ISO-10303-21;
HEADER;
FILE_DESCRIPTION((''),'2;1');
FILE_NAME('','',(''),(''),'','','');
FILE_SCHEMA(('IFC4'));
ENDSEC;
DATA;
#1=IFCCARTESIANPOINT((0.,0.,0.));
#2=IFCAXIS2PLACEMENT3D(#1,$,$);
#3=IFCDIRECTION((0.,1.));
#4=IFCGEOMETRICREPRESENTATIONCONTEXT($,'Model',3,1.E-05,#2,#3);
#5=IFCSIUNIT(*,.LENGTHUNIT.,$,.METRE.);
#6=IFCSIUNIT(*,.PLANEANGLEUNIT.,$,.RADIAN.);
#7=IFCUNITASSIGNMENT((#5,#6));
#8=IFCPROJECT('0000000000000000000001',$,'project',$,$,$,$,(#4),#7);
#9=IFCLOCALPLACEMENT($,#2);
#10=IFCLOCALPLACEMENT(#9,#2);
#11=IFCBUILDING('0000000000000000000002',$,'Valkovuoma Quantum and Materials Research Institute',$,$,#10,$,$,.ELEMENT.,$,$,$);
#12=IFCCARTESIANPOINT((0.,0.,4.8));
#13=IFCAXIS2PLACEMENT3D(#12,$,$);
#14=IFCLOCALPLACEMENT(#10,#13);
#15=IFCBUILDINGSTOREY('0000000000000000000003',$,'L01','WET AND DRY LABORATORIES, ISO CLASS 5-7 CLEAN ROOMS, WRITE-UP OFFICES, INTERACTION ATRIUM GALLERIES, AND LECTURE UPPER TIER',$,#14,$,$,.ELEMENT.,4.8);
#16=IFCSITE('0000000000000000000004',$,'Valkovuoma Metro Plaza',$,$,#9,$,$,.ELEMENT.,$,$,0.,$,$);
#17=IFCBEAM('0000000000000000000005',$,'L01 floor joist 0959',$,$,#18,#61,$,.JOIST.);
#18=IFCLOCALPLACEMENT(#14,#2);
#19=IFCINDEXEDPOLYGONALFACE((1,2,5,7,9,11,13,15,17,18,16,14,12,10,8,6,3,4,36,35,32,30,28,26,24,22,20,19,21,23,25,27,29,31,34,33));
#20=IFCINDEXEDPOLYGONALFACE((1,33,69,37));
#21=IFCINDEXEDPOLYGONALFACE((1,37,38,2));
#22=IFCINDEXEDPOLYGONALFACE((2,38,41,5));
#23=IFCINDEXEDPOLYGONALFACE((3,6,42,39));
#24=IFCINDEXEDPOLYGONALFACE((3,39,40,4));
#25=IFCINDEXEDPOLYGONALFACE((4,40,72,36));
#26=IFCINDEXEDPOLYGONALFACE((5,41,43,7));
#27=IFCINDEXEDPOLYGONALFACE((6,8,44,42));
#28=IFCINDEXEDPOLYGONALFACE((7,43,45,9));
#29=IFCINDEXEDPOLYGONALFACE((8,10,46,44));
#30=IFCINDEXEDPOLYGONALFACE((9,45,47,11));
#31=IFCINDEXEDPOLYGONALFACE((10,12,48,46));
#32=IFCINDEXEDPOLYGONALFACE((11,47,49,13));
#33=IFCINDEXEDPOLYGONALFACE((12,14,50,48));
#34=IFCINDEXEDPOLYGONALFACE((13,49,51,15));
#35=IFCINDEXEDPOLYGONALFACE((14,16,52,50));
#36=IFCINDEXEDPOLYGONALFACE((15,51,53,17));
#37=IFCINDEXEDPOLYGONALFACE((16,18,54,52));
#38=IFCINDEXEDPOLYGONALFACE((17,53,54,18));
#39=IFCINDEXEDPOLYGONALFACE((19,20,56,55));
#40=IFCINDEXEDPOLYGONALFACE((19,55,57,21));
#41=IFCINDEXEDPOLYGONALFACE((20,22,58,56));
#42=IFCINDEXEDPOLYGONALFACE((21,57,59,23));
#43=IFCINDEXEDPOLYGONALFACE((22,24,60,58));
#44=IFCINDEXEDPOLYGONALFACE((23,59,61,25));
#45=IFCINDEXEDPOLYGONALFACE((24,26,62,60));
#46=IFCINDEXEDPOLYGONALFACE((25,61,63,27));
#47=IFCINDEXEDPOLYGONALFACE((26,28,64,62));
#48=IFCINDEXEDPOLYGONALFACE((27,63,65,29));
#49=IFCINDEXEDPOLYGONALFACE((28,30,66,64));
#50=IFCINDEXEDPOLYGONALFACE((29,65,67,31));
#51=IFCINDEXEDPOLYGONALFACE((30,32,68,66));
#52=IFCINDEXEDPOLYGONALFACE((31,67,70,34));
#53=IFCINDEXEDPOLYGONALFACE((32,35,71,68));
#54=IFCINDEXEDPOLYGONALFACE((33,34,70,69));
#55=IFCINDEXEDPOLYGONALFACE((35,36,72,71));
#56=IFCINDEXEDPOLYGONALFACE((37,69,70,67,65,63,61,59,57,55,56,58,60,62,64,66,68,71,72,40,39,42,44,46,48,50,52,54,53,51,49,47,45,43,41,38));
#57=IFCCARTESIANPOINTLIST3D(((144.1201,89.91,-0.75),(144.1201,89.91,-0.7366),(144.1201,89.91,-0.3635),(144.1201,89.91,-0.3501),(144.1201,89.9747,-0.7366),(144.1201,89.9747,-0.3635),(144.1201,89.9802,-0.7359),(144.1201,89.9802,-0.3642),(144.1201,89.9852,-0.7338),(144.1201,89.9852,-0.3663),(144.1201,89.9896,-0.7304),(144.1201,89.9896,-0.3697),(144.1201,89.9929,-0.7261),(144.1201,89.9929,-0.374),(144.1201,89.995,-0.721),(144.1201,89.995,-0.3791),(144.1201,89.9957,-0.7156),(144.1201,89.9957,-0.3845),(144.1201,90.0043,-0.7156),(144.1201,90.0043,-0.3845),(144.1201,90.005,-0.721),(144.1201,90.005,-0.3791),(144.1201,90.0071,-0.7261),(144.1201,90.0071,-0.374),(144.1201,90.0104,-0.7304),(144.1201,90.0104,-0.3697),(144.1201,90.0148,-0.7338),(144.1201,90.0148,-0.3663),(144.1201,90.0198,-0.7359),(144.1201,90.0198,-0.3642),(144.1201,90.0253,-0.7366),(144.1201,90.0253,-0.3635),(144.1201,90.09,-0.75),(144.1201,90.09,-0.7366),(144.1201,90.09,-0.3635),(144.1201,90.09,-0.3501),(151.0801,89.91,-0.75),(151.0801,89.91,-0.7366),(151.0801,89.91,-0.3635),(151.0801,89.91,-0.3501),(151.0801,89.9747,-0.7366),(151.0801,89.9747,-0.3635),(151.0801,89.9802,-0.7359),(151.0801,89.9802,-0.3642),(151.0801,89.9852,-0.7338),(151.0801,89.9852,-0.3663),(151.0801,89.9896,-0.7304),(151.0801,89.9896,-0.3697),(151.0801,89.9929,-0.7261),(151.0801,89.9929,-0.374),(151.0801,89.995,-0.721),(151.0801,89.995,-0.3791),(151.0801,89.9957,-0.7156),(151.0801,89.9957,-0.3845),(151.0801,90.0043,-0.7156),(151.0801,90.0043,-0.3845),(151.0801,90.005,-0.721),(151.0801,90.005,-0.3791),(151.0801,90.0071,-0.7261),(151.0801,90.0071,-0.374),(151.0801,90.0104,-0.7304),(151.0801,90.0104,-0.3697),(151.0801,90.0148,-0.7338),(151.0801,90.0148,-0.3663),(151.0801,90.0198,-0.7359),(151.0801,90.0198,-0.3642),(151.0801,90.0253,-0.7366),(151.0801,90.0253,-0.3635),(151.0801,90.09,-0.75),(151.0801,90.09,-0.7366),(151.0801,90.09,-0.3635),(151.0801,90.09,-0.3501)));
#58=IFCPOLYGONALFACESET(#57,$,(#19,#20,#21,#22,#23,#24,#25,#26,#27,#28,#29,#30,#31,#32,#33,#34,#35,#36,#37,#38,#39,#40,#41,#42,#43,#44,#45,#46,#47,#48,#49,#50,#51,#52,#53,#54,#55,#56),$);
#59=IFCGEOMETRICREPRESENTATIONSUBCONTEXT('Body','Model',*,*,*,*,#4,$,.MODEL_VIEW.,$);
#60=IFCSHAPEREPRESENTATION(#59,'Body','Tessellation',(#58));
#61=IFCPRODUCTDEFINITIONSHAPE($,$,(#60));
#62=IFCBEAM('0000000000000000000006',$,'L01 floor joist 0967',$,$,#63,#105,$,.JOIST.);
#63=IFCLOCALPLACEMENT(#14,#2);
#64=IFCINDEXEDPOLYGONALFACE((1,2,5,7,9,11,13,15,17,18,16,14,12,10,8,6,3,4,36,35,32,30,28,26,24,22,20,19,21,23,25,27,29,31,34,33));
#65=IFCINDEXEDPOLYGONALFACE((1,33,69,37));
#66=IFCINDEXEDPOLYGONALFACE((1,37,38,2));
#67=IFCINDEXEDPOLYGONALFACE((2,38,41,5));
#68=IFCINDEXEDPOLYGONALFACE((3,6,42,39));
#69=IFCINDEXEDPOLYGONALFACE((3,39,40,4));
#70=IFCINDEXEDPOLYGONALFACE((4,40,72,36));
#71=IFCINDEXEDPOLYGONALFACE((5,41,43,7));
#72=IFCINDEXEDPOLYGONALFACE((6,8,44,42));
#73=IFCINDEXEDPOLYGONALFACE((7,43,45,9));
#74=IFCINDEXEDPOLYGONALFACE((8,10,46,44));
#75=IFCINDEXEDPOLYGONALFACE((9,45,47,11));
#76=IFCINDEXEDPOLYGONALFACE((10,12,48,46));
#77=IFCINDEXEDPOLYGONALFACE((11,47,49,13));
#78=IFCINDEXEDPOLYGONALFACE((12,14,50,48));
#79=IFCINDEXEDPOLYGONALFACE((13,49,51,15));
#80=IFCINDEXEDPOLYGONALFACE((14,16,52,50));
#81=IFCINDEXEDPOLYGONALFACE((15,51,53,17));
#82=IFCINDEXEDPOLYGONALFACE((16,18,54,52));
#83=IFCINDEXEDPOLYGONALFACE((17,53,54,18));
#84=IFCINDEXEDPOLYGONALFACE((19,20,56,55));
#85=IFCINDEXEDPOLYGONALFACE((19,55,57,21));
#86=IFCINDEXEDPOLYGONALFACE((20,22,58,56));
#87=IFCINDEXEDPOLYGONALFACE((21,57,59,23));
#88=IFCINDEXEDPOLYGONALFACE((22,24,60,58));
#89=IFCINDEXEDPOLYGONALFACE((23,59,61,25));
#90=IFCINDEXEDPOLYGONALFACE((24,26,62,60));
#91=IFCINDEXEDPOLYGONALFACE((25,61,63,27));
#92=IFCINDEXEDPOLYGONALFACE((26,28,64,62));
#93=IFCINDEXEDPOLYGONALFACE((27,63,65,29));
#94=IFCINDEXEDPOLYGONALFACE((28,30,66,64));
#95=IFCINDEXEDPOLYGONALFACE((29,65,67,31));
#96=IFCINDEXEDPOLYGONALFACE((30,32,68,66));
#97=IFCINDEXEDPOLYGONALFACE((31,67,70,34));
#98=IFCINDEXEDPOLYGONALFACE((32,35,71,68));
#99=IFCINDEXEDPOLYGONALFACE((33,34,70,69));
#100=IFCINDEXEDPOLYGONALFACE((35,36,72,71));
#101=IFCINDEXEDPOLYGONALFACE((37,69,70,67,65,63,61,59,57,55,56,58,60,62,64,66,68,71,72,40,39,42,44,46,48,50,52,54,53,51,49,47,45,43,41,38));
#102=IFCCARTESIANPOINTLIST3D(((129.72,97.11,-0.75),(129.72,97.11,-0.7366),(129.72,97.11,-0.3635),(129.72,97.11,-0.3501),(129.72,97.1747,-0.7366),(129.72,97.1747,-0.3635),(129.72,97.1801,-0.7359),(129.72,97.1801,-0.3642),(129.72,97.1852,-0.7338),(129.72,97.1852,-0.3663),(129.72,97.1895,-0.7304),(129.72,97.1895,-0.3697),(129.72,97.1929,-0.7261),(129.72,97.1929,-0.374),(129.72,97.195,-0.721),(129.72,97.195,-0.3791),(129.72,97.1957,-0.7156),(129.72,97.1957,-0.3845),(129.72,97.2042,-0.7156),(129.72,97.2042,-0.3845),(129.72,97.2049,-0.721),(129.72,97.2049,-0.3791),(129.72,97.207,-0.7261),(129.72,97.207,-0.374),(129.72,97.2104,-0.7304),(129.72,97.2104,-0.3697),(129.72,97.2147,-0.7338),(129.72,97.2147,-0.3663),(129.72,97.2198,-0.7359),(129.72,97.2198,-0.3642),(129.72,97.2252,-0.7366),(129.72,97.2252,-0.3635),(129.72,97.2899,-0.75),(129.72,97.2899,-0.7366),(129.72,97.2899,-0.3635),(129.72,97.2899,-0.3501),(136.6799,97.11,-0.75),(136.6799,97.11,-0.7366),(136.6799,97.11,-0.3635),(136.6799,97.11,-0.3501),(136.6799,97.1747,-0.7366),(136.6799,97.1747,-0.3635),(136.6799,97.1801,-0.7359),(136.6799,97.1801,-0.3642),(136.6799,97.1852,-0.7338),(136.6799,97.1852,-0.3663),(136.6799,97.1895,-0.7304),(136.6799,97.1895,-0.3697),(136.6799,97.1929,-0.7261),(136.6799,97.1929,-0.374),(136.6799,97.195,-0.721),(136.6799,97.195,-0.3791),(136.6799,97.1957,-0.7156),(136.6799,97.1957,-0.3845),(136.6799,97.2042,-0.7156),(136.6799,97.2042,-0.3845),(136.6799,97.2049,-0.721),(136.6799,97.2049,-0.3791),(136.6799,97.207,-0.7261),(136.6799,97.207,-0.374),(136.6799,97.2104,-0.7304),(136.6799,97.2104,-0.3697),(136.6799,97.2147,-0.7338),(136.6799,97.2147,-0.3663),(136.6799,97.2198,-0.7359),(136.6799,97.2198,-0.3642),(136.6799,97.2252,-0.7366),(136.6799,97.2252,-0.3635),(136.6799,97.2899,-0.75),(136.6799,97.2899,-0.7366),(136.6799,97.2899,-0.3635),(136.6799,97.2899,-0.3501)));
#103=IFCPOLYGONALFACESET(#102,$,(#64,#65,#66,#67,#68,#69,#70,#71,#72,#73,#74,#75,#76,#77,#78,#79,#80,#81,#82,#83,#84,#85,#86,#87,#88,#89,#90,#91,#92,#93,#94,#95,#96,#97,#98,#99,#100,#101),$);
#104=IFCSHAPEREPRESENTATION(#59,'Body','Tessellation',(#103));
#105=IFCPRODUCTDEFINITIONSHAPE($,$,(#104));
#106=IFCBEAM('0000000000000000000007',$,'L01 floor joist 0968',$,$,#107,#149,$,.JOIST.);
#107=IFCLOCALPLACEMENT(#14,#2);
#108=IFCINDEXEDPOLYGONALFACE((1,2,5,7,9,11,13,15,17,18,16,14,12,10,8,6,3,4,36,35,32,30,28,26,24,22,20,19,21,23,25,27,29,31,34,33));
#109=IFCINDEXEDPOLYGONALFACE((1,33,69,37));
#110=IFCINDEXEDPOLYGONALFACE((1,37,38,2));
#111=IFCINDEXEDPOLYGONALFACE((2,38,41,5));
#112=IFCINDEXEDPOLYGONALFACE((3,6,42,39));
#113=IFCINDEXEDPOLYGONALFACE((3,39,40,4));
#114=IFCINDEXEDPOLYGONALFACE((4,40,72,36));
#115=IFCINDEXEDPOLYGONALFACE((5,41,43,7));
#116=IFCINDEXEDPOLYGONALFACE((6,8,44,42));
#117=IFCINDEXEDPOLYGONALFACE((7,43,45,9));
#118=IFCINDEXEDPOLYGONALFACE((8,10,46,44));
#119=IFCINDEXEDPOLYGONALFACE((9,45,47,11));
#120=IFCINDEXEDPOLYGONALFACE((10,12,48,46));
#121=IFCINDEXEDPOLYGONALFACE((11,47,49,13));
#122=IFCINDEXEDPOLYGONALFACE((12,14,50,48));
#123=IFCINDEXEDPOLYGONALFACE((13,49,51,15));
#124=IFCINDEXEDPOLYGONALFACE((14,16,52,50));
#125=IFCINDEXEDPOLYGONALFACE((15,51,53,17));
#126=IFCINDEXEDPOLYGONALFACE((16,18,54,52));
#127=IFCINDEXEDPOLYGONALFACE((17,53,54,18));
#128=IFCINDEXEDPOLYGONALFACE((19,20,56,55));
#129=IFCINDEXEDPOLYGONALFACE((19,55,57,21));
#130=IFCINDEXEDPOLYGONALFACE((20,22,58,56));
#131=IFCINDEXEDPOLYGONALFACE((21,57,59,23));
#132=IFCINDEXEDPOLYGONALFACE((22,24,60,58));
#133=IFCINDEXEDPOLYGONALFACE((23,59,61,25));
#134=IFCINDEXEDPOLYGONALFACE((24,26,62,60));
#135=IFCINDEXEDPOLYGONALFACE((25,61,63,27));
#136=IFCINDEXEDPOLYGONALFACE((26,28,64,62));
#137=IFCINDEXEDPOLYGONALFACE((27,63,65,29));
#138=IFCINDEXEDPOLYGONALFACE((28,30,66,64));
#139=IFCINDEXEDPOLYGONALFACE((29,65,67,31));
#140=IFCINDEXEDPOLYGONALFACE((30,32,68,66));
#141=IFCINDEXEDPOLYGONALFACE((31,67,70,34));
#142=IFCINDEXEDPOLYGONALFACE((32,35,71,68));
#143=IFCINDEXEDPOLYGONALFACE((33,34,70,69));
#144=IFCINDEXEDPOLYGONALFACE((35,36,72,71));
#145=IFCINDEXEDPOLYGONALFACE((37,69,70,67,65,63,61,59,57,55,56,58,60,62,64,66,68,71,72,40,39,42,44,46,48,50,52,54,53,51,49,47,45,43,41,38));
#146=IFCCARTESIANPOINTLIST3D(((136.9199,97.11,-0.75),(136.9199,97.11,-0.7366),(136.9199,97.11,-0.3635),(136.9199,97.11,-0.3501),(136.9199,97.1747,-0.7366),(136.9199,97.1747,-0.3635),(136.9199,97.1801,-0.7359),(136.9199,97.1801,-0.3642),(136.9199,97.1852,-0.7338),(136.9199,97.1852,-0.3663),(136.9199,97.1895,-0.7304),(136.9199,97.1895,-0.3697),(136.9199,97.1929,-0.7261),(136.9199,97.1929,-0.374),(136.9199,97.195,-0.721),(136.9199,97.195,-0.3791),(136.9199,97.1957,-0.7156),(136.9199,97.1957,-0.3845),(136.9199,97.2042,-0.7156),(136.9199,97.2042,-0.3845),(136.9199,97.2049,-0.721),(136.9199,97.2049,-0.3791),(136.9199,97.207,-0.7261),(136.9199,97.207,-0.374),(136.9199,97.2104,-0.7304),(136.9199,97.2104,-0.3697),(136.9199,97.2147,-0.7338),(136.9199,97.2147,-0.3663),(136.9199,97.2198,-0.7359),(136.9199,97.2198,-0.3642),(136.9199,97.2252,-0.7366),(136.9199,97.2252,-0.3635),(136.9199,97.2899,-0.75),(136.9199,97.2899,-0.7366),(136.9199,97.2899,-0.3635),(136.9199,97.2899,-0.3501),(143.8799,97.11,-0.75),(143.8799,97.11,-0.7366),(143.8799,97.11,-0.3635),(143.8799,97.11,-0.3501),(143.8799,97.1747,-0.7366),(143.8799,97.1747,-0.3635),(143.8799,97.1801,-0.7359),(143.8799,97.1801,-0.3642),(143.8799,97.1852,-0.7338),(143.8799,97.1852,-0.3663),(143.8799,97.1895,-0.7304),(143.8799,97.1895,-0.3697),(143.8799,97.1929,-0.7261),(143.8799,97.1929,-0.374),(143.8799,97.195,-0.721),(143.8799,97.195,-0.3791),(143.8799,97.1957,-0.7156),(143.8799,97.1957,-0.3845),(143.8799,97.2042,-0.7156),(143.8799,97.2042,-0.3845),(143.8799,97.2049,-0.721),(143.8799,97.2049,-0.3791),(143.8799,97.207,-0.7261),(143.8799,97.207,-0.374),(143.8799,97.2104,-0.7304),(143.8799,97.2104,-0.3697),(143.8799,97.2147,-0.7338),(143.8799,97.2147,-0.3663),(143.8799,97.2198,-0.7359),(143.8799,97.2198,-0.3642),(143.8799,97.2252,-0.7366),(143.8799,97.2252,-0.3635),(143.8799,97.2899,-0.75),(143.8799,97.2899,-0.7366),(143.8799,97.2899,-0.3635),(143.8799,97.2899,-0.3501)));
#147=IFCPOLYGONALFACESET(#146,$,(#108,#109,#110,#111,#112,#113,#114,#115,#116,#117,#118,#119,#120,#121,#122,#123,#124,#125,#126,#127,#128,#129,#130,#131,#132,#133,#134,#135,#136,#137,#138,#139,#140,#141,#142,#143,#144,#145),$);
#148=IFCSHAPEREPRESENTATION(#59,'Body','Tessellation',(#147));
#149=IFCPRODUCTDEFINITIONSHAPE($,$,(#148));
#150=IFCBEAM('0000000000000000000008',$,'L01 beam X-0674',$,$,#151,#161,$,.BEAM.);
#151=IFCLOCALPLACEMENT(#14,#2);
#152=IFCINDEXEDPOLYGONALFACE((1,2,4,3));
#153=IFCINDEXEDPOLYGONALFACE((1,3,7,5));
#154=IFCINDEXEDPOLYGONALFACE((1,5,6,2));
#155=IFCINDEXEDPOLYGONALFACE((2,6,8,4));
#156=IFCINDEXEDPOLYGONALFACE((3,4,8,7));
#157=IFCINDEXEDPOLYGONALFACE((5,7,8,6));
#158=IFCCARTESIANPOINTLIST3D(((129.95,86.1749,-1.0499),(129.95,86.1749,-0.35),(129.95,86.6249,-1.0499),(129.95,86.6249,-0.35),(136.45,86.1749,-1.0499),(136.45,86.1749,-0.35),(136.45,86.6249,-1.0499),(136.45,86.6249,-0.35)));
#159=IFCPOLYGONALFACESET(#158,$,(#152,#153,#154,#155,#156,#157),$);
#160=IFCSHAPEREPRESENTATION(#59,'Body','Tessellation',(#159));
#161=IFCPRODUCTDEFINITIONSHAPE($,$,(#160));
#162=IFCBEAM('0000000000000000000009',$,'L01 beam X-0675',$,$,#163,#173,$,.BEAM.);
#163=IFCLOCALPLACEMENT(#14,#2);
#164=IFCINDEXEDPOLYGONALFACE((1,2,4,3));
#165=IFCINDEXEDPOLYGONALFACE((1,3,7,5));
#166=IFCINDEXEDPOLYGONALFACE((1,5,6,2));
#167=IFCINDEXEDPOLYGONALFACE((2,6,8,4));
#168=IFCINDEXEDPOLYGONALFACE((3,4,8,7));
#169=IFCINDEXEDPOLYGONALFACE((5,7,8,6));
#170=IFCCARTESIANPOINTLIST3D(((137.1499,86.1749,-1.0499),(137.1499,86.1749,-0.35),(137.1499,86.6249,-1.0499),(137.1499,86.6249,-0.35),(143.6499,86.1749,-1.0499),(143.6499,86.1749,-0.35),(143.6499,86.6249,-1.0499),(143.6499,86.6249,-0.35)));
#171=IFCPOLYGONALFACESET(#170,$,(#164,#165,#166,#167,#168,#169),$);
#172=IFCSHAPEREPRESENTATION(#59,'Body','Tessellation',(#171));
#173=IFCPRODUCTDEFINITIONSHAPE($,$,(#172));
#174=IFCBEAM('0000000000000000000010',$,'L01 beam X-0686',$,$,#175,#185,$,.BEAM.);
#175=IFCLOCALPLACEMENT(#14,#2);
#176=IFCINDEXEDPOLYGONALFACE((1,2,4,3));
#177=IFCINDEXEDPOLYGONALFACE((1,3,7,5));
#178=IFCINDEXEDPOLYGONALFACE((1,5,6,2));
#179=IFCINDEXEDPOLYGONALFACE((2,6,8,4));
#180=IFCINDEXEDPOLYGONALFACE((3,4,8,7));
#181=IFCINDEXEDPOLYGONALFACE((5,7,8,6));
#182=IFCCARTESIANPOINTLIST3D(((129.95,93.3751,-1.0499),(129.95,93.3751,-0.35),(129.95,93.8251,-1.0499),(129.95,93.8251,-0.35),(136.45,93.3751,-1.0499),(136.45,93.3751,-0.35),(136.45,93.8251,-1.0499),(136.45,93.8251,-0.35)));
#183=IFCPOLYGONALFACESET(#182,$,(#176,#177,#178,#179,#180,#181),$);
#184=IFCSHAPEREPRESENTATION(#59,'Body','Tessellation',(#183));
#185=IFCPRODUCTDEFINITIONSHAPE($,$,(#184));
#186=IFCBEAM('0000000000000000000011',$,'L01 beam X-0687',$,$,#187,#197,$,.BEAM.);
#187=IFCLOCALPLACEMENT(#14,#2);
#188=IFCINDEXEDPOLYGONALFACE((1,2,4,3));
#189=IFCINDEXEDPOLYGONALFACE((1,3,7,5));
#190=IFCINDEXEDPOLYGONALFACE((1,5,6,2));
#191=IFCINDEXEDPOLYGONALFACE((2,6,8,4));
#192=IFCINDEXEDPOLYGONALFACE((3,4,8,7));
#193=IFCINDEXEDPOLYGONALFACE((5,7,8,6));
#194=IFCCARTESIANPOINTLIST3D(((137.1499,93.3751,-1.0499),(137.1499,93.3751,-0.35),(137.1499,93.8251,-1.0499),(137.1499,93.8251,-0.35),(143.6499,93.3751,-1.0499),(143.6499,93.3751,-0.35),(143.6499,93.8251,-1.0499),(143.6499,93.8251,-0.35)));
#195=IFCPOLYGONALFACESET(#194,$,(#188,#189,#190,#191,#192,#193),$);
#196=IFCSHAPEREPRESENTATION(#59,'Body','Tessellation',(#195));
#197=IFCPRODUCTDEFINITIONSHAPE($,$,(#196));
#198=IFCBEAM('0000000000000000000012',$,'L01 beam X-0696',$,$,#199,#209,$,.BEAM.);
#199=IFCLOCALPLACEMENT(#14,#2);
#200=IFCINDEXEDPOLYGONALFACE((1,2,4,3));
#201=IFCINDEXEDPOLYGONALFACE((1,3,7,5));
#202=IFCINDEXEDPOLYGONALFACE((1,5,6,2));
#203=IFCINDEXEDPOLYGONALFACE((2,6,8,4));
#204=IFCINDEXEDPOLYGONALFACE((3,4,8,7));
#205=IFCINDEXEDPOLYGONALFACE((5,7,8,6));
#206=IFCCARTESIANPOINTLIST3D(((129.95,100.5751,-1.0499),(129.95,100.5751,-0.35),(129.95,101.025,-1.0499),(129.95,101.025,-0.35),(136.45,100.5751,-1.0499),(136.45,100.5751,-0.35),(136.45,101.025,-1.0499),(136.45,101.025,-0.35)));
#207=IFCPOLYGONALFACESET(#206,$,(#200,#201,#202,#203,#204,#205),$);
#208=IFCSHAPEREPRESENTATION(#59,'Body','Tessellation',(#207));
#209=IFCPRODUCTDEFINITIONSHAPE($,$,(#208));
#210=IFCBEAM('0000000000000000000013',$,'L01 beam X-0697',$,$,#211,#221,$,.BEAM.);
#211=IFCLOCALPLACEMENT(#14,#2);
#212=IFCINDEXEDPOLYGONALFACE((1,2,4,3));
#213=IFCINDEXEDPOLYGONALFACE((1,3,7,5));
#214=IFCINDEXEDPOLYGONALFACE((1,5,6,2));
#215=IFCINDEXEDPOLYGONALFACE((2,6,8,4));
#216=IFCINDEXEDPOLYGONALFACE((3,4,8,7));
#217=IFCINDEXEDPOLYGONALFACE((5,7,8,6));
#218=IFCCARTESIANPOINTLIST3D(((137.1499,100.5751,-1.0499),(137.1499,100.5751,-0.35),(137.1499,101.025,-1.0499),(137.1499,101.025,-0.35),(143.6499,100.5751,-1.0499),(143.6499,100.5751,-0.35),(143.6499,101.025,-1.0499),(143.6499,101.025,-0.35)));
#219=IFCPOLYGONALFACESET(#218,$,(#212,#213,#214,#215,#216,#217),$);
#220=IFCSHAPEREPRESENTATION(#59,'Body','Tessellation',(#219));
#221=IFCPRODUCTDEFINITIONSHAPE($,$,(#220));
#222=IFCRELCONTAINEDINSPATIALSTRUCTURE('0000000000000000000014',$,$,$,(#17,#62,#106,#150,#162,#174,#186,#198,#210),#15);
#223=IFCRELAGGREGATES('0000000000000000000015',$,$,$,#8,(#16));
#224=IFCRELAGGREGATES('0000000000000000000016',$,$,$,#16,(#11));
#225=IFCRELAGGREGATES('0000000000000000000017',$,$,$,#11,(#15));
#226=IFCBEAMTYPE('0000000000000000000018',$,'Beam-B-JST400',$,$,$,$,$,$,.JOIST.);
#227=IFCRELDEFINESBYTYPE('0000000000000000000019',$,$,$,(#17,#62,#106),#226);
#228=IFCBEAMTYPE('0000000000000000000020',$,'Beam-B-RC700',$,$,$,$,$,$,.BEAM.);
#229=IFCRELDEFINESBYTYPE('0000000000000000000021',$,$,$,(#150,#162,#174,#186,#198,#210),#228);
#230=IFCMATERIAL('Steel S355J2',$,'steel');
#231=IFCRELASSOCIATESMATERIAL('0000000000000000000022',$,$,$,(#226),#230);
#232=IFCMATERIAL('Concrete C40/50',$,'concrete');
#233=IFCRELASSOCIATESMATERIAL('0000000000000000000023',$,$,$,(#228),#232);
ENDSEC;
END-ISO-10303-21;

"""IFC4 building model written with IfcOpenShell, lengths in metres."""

from ifc_helpers import new_model, si_unit, direction, frame, origin, origin_2d, place, context, subcontext, project, spatial, rectangle, i_section, extrude, material, material_profile, profile_set, type_object, element, save


model = new_model("IFC4")

# Units and contexts
model_context = context("Model", 3, precision=1e-05, world=origin(), true_north=direction((0.0, 1.0)))
body_context = subcontext(model_context, "Body", "Model", "MODEL_VIEW")
ifc_project = project(units=[si_unit("LENGTHUNIT", "METRE"), si_unit("PLANEANGLEUNIT", "RADIAN")], contexts=[model_context])

# Site, building, storey
site_placement = place(None, origin())
site = spatial("IfcSite", under=ifc_project, at=site_placement, Name="Valkovuoma Metro Plaza", CompositionType="ELEMENT", RefElevation=0.0)
building_placement = place(site_placement, origin())
building = spatial("IfcBuilding", under=site, at=building_placement, Name="Valkovuoma Quantum and Materials Research Institute", CompositionType="ELEMENT")
storey_placement = place(building_placement, frame((0.0, 0.0, 4.8)))
storey = spatial("IfcBuildingStorey", under=building, at=storey_placement, Name="L01", Description="WET AND DRY LABORATORIES, ISO CLASS 5-7 CLEAN ROOMS, WRITE-UP OFFICES, INTERACTION ATRIUM GALLERIES, AND LECTURE UPPER TIER", CompositionType="ELEMENT", Elevation=4.8)

# Beams
ifc_material_1 = material(Name="Steel S355J2", Category="steel")
ifc_material_profile_1 = material_profile(ifc_material_1, i_section(OverallWidth=0.1799, OverallDepth=0.3999, WebThickness=0.0085, FlangeThickness=0.0134, FilletRadius=0.021, at=origin_2d()), Name="Steel S355J2")
ifc_profile_set_1 = profile_set([ifc_material_profile_1], Name="Steel S355J2")
beam_type_1 = type_object("IfcBeamType", Name="Beam-B-JST400", PredefinedType="JOIST", material=ifc_profile_set_1)
for number, where, z_axis, x_axis, name in (
    (1, (144.1201, 90.0, -0.55), (1.0, 0.0, 0.0), (0.0, 1.0, 0.0), "L01 floor joist 0959"),
    (2, (129.72, 97.2, -0.55), (1.0, 0.0, 0.0), (0.0, 1.0, 0.0), "L01 floor joist 0967"),
    (3, (136.9199, 97.2, -0.55), (1.0, 0.0, 0.0), (0.0, 1.0, 0.0), "L01 floor joist 0968"),
):
    element("IfcBeam", number, at=place(storey_placement, frame(where, z_axis=z_axis, x_axis=x_axis)), inside=storey, type_object=beam_type_1, Name=name, PredefinedType="JOIST", context=body_context, shape_type="SweptSolid", body=[
        extrude(i_section(OverallWidth=0.1799, OverallDepth=0.3999, WebThickness=0.0085, FlangeThickness=0.0134, FilletRadius=0.021, at=origin_2d()), origin(), (0.0, 0.0, 1.0), 6.96),
    ])
ifc_material_2 = material(Name="Concrete C40/50", Category="concrete")
ifc_material_profile_2 = material_profile(ifc_material_2, rectangle(XDim=0.45, YDim=0.7, at=origin_2d()), Name="Concrete C40/50")
ifc_profile_set_2 = profile_set([ifc_material_profile_2], Name="Concrete C40/50")
beam_type_2 = type_object("IfcBeamType", Name="Beam-B-RC700", PredefinedType="BEAM", material=ifc_profile_set_2)
for number, where, z_axis, x_axis, name in (
    (4, (129.95, 86.3999, -0.7), (1.0, 0.0, 0.0), (0.0, 1.0, 0.0), "L01 beam X-0674"),
    (5, (137.1499, 86.3999, -0.7), (1.0, 0.0, 0.0), (0.0, 1.0, 0.0), "L01 beam X-0675"),
    (6, (129.95, 93.6001, -0.7), (1.0, 0.0, 0.0), (0.0, 1.0, 0.0), "L01 beam X-0686"),
    (7, (137.1499, 93.6001, -0.7), (1.0, 0.0, 0.0), (0.0, 1.0, 0.0), "L01 beam X-0687"),
    (8, (129.95, 100.8, -0.7), (1.0, 0.0, 0.0), (0.0, 1.0, 0.0), "L01 beam X-0696"),
    (9, (137.1499, 100.8, -0.7), (1.0, 0.0, 0.0), (0.0, 1.0, 0.0), "L01 beam X-0697"),
):
    element("IfcBeam", number, at=place(storey_placement, frame(where, z_axis=z_axis, x_axis=x_axis)), inside=storey, type_object=beam_type_2, Name=name, PredefinedType="BEAM", context=body_context, shape_type="SweptSolid", body=[
        extrude(rectangle(XDim=0.45, YDim=0.7, at=origin_2d()), origin(), (0.0, 0.0, 1.0), 6.5),
    ])

save(model, "model.ifc")
